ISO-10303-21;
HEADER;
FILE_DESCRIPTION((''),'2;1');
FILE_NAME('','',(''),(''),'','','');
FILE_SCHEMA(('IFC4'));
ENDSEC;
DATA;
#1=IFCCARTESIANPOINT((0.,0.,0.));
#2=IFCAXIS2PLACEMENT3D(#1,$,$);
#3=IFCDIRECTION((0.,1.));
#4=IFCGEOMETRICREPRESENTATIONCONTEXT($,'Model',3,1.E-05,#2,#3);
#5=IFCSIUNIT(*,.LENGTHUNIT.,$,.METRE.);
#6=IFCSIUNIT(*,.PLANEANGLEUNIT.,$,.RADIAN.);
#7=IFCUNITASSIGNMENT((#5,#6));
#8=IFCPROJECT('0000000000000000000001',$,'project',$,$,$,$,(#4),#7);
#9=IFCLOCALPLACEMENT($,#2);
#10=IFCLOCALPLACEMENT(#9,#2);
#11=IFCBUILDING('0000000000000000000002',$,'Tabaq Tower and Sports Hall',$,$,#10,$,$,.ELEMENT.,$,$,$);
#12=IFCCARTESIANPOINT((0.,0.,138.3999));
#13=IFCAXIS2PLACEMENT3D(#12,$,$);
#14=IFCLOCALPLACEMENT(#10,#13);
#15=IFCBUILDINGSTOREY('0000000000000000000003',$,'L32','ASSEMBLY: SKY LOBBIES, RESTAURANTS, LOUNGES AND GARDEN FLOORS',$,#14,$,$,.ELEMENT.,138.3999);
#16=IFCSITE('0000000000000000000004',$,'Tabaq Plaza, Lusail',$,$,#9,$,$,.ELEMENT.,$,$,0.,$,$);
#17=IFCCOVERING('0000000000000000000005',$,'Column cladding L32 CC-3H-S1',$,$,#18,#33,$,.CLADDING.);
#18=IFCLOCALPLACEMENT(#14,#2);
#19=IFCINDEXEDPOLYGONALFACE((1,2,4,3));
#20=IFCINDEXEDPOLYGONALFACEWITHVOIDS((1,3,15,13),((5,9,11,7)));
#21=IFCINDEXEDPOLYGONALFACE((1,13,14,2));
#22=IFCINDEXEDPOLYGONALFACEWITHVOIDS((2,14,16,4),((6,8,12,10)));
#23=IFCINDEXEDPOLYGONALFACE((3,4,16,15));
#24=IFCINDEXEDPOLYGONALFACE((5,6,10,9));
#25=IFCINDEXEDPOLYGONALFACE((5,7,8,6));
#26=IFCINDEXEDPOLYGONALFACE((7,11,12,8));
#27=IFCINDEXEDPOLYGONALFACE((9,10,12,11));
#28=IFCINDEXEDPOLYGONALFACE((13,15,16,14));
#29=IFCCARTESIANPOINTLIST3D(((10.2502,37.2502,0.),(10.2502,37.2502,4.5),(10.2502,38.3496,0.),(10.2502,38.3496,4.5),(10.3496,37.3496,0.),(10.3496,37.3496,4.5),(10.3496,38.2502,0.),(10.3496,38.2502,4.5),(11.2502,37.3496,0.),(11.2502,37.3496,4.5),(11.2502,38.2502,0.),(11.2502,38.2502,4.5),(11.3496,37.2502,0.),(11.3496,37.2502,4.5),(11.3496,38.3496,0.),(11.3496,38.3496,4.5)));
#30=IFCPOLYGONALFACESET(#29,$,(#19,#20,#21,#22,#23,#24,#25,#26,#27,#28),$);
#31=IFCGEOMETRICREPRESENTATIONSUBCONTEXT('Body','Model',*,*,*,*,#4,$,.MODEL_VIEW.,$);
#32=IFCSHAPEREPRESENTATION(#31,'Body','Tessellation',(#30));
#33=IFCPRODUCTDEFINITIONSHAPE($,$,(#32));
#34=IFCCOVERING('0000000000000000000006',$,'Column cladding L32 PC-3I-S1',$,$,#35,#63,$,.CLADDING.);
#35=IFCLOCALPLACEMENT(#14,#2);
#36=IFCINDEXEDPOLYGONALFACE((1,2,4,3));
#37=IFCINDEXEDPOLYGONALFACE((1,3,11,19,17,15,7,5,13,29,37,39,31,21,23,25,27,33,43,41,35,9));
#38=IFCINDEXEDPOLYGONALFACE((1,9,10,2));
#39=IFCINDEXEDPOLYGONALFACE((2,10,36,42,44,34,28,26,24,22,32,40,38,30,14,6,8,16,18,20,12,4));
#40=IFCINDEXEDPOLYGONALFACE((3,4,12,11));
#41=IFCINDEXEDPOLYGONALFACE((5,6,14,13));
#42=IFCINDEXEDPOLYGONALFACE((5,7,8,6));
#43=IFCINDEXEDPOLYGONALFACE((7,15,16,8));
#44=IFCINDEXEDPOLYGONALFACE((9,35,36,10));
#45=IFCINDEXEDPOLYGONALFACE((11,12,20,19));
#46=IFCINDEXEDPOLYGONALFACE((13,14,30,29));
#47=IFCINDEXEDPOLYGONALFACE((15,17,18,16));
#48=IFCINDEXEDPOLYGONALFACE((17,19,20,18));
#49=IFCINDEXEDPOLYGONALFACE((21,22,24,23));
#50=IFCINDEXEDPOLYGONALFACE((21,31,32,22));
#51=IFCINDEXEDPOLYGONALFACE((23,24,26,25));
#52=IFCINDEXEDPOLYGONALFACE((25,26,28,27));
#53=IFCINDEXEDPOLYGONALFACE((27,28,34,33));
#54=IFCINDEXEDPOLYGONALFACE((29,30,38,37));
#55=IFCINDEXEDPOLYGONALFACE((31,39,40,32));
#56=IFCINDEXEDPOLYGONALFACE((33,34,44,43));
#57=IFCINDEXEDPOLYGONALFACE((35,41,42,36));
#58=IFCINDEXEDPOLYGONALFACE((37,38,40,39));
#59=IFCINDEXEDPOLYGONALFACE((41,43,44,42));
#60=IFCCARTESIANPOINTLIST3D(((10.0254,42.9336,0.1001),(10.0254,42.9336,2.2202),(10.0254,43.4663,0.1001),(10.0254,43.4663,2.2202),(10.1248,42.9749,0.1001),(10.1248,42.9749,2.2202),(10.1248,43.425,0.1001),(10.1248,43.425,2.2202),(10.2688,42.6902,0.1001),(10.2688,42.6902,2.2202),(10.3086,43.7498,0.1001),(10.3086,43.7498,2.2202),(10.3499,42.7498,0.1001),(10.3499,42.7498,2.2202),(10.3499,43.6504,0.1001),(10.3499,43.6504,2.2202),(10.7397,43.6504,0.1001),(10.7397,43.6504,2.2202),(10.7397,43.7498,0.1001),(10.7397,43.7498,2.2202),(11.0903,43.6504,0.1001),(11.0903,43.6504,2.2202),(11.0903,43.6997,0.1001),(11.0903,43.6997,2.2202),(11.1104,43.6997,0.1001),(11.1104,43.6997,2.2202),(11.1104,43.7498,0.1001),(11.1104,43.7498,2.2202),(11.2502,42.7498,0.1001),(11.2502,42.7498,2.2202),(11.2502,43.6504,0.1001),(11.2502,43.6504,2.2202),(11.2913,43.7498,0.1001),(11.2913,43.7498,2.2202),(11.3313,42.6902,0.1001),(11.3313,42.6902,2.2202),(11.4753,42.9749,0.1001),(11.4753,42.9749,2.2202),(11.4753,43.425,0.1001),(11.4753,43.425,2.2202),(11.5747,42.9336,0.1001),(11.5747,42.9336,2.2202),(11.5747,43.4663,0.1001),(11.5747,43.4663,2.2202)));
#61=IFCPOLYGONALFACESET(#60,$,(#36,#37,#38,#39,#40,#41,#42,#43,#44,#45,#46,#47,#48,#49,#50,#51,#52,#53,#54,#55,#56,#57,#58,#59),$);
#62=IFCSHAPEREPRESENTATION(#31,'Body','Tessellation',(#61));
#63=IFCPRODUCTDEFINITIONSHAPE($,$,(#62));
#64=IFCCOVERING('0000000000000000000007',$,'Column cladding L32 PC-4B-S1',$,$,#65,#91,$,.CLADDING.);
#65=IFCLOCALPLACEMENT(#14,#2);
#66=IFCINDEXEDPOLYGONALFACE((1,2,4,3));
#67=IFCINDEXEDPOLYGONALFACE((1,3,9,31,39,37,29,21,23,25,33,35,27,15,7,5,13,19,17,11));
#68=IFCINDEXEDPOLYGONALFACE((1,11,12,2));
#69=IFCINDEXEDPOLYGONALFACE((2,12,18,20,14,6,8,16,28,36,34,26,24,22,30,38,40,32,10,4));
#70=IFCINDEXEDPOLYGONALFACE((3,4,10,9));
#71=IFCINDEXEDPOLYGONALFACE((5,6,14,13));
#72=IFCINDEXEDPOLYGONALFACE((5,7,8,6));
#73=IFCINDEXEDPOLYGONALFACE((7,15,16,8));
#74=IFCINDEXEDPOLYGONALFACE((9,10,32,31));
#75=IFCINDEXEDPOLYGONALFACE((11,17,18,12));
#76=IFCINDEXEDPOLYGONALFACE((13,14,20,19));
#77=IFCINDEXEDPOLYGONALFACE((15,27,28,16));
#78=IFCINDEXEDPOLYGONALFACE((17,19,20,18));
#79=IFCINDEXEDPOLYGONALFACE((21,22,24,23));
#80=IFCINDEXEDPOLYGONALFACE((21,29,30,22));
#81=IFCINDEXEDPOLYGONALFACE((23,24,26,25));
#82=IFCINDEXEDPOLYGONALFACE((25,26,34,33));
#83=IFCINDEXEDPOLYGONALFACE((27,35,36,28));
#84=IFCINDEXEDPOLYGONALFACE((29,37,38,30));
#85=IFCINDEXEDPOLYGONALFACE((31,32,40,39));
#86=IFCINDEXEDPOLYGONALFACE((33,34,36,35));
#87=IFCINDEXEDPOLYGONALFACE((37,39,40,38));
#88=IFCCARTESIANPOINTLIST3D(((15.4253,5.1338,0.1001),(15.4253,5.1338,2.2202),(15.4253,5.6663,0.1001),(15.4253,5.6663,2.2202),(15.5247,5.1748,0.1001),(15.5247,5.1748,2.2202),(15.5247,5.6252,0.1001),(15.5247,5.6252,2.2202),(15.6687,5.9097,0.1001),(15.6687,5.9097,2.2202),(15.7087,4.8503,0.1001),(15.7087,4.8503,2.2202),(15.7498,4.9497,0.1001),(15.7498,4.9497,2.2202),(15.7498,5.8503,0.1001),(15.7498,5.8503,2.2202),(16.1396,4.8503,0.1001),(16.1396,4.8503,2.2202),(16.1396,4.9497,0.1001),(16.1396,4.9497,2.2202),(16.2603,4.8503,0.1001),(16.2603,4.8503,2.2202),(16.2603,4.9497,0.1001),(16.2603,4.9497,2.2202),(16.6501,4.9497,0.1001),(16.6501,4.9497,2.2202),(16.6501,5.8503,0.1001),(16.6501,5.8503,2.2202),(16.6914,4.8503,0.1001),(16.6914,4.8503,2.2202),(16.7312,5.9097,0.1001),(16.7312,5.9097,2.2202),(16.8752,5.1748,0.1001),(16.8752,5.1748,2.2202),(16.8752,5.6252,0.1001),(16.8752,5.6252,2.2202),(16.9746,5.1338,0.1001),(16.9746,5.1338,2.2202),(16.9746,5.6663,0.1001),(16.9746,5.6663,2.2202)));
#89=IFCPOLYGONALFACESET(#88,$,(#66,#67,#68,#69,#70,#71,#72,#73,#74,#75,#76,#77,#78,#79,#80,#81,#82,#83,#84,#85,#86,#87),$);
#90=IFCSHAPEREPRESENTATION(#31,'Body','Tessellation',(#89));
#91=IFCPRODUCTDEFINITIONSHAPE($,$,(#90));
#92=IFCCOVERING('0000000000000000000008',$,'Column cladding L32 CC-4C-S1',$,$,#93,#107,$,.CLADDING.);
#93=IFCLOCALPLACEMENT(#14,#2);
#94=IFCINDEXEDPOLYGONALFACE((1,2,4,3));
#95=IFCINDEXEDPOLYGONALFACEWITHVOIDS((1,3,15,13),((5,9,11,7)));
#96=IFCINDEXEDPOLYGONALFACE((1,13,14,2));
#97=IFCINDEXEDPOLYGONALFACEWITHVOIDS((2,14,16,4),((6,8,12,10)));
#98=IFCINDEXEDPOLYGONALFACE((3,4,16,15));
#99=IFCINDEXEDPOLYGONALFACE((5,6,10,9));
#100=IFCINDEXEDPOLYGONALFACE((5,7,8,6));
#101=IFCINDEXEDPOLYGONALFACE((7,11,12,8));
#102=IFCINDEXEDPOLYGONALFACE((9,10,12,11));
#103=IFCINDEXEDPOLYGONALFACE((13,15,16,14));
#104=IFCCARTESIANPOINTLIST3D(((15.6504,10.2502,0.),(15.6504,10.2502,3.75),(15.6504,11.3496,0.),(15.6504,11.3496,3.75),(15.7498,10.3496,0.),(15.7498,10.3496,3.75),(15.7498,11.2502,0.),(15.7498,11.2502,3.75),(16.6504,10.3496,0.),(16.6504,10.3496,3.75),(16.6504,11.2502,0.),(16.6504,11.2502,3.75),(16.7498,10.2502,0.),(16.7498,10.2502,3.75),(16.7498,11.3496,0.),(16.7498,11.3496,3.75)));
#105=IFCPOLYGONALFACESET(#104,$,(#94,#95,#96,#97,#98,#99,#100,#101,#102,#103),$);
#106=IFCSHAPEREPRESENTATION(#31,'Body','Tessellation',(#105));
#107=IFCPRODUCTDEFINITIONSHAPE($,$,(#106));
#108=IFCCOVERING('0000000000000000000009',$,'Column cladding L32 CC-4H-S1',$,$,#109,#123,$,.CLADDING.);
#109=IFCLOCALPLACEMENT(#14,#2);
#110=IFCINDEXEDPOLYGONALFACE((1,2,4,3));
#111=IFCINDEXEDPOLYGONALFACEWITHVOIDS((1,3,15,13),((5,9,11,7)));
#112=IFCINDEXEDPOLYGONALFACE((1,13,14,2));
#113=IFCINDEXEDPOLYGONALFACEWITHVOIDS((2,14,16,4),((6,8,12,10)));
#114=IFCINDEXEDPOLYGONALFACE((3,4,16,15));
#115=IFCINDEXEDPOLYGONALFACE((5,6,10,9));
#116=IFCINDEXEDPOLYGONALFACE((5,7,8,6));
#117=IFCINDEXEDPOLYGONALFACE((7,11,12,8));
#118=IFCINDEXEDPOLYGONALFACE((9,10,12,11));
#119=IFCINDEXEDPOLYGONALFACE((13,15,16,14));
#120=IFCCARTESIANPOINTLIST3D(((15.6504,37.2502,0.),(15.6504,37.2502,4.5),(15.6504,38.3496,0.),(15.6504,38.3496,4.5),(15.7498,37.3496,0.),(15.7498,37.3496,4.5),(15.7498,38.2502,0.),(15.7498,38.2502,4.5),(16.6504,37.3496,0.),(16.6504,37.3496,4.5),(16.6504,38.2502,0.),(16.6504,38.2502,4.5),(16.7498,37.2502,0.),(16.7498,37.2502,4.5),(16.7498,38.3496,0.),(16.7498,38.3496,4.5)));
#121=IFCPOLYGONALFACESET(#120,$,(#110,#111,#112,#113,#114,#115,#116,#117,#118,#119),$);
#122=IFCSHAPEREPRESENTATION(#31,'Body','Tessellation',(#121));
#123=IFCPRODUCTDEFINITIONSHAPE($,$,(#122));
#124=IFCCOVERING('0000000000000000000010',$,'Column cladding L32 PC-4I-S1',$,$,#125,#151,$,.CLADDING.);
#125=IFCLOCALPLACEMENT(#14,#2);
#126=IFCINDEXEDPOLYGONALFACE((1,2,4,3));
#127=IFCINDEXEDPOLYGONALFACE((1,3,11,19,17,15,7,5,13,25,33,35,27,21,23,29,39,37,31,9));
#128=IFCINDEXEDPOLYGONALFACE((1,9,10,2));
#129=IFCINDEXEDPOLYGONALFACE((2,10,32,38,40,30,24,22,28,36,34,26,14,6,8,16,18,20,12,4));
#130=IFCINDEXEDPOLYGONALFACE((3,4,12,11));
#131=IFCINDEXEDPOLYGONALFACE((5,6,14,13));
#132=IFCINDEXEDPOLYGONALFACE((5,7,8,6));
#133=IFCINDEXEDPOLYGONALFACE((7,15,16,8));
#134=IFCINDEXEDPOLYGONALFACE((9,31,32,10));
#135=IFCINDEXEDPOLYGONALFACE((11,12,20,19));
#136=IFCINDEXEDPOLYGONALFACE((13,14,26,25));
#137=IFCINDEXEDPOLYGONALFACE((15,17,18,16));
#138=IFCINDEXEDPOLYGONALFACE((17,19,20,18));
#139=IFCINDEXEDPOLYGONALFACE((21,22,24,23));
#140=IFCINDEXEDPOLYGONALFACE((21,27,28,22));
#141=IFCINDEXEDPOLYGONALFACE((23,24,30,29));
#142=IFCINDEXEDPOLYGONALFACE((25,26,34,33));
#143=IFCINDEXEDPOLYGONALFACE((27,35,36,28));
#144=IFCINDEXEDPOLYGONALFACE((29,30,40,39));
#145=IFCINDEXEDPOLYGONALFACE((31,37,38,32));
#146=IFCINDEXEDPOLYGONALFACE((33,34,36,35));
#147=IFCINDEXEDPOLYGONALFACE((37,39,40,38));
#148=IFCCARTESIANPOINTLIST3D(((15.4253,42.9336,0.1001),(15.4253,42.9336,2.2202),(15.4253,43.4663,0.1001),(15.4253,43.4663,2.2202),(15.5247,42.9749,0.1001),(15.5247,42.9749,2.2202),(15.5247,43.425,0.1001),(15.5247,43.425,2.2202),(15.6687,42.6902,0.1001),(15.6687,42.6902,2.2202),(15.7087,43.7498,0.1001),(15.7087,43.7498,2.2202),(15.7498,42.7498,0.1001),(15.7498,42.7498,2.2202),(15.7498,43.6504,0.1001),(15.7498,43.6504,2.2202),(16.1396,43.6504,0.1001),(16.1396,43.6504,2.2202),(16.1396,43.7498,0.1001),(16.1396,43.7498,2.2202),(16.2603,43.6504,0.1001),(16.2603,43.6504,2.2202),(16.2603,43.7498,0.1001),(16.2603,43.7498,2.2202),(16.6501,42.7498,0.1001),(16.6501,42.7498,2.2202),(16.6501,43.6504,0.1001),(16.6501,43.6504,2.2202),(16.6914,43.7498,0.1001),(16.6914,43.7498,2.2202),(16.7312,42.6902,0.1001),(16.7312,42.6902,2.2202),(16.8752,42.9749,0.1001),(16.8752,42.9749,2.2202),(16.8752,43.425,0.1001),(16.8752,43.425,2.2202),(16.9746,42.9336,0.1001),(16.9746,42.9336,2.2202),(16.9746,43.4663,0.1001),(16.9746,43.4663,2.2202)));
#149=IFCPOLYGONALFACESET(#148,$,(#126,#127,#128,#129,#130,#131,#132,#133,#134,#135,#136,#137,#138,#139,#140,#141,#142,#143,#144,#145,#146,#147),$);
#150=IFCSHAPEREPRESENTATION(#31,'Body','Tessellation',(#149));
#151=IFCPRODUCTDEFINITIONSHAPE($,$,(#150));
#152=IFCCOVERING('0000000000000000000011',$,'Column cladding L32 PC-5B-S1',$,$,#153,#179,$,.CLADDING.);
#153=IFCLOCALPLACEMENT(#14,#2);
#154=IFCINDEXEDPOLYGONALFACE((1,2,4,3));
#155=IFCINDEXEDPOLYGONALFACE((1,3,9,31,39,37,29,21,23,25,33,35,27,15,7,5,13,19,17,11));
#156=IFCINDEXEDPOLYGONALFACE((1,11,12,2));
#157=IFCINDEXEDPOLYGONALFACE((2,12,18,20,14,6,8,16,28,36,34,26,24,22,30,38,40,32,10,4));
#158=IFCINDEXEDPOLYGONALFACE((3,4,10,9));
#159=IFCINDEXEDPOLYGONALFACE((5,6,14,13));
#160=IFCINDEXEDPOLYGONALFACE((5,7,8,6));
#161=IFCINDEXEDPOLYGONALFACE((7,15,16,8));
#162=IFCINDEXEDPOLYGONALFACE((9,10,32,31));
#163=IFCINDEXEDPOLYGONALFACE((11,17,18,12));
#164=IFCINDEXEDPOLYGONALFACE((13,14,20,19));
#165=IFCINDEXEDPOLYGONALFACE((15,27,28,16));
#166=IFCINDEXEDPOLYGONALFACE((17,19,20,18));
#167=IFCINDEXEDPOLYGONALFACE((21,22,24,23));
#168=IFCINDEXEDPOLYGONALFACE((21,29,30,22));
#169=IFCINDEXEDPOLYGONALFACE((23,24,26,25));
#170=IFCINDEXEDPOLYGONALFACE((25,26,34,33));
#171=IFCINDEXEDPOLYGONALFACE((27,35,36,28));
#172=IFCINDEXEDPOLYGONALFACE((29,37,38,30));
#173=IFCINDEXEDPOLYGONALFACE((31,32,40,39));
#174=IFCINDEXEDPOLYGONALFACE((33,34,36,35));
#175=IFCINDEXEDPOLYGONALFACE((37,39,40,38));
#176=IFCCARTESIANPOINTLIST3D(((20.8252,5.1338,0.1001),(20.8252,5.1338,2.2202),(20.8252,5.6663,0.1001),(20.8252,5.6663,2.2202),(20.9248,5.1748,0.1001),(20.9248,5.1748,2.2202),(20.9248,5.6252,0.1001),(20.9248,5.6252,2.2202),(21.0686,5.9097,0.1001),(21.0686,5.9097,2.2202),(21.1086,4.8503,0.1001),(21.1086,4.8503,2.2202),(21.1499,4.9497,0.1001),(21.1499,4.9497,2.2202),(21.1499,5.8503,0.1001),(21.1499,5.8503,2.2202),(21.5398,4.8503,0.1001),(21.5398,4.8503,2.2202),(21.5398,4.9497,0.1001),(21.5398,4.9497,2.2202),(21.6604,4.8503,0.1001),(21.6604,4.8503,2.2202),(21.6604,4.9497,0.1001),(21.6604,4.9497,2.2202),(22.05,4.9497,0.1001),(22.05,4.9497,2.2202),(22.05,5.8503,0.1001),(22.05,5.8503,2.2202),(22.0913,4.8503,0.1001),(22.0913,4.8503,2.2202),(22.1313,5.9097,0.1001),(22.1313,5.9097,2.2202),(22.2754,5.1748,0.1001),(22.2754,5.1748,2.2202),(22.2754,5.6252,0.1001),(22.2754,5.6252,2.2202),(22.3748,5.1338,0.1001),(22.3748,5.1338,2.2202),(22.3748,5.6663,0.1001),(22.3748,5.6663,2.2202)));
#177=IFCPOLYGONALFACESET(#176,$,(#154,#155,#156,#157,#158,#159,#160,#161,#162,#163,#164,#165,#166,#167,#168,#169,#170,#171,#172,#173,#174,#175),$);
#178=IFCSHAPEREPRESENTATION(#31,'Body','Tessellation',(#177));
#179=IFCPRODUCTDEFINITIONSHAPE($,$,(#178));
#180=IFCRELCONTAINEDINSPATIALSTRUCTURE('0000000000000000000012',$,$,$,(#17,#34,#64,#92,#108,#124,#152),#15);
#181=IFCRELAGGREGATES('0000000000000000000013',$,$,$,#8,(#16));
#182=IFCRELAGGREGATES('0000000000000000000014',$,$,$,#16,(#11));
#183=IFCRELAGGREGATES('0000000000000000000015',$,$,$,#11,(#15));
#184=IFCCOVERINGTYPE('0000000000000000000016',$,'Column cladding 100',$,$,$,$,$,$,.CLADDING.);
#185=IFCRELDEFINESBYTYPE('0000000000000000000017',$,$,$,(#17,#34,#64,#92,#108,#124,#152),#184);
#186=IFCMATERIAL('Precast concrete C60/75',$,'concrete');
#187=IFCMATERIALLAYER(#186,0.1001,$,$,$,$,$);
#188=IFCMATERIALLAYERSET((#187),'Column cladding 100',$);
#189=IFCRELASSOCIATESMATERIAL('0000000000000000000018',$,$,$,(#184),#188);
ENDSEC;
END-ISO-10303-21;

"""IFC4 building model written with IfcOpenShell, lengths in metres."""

from ifc_helpers import new_model, si_unit, direction, frame, origin, place, context, subcontext, project, spatial, polyline, outline, extrude, material, layer, layer_set, type_object, element, save


model = new_model("IFC4")

# Units and contexts
model_context = context("Model", 3, precision=1e-05, world=origin(), true_north=direction((0.0, 1.0)))
body_context = subcontext(model_context, "Body", "Model", "MODEL_VIEW")
ifc_project = project(units=[si_unit("LENGTHUNIT", "METRE"), si_unit("PLANEANGLEUNIT", "RADIAN")], contexts=[model_context])

# Site, building, storey
site_placement = place(None, origin())
site = spatial("IfcSite", under=ifc_project, at=site_placement, Name="Tabaq Plaza, Lusail", CompositionType="ELEMENT", RefElevation=0.0)
building_placement = place(site_placement, origin())
building = spatial("IfcBuilding", under=site, at=building_placement, Name="Tabaq Tower and Sports Hall", CompositionType="ELEMENT")
storey_placement = place(building_placement, frame((0.0, 0.0, 138.3999)))
storey = spatial("IfcBuildingStorey", under=building, at=storey_placement, Name="L32", Description="ASSEMBLY: SKY LOBBIES, RESTAURANTS, LOUNGES AND GARDEN FLOORS", CompositionType="ELEMENT", Elevation=138.3999)

# Coverings
ifc_material_1 = material(Name="Precast concrete C60/75", Category="concrete")
ifc_layer_1 = layer(ifc_material_1, 0.1001)
ifc_layer_set_1 = layer_set([ifc_layer_1], Name="Column cladding 100")
covering_type = type_object("IfcCoveringType", Name="Column cladding 100", PredefinedType="CLADDING", material=ifc_layer_set_1)
covering_1_placement = place(storey_placement, origin())
element("IfcCovering", 1, at=covering_1_placement, inside=storey, type_object=covering_type, Name="Column cladding L32 CC-3H-S1", PredefinedType="CLADDING", context=body_context, shape_type="SweptSolid", body=[
    extrude(outline(polyline([(10.2502, 38.3496), (11.3496, 38.3496), (11.3496, 37.2502), (10.2502, 37.2502), (10.2502, 38.3496)]), holes=[polyline([(11.2502, 37.3496), (11.2502, 38.2502), (10.3496, 38.2502), (10.3496, 37.3496), (11.2502, 37.3496)])]), origin(), (0.0, 0.0, 1.0), 4.5),
])
covering_2_placement = place(storey_placement, frame((0.0, 0.0, 0.1001)))
element("IfcCovering", 2, at=covering_2_placement, inside=storey, type_object=covering_type, Name="Column cladding L32 PC-3I-S1", PredefinedType="CLADDING", context=body_context, shape_type="SweptSolid", body=[
    extrude(outline(polyline([(10.0254, 43.4663), (10.3086, 43.7498), (10.7397, 43.7498), (10.7397, 43.6504), (10.3499, 43.6504), (10.1248, 43.425), (10.1248, 42.9749), (10.3499, 42.7498), (11.2502, 42.7498), (11.4753, 42.9749), (11.4753, 43.425), (11.2502, 43.6504), (11.0903, 43.6504), (11.0903, 43.6997), (11.1104, 43.6997), (11.1104, 43.7498), (11.2913, 43.7498), (11.5747, 43.4663), (11.5747, 42.9336), (11.3313, 42.6902), (10.2688, 42.6902), (10.0254, 42.9336), (10.0254, 43.4663)])), origin(), (0.0, 0.0, 1.0), 2.1201),
])
covering_3_placement = place(storey_placement, frame((0.0, 0.0, 0.1001)))
element("IfcCovering", 3, at=covering_3_placement, inside=storey, type_object=covering_type, Name="Column cladding L32 PC-4B-S1", PredefinedType="CLADDING", context=body_context, shape_type="SweptSolid", body=[
    extrude(outline(polyline([(15.4253, 5.6663), (15.6687, 5.9097), (16.7312, 5.9097), (16.9746, 5.6663), (16.9746, 5.1338), (16.6914, 4.8503), (16.2603, 4.8503), (16.2603, 4.9497), (16.6501, 4.9497), (16.8752, 5.1748), (16.8752, 5.6252), (16.6501, 5.8503), (15.7498, 5.8503), (15.5247, 5.6252), (15.5247, 5.1748), (15.7498, 4.9497), (16.1396, 4.9497), (16.1396, 4.8503), (15.7087, 4.8503), (15.4253, 5.1338), (15.4253, 5.6663)])), origin(), (0.0, 0.0, 1.0), 2.1201),
])
covering_4_placement = place(storey_placement, origin())
element("IfcCovering", 4, at=covering_4_placement, inside=storey, type_object=covering_type, Name="Column cladding L32 CC-4C-S1", PredefinedType="CLADDING", context=body_context, shape_type="SweptSolid", body=[
    extrude(outline(polyline([(15.6504, 11.3496), (16.7498, 11.3496), (16.7498, 10.2502), (15.6504, 10.2502), (15.6504, 11.3496)]), holes=[polyline([(16.6504, 10.3496), (16.6504, 11.2502), (15.7498, 11.2502), (15.7498, 10.3496), (16.6504, 10.3496)])]), origin(), (0.0, 0.0, 1.0), 3.75),
])
covering_5_placement = place(storey_placement, origin())
element("IfcCovering", 5, at=covering_5_placement, inside=storey, type_object=covering_type, Name="Column cladding L32 CC-4H-S1", PredefinedType="CLADDING", context=body_context, shape_type="SweptSolid", body=[
    extrude(outline(polyline([(15.6504, 38.3496), (16.7498, 38.3496), (16.7498, 37.2502), (15.6504, 37.2502), (15.6504, 38.3496)]), holes=[polyline([(16.6504, 37.3496), (16.6504, 38.2502), (15.7498, 38.2502), (15.7498, 37.3496), (16.6504, 37.3496)])]), origin(), (0.0, 0.0, 1.0), 4.5),
])
covering_6_placement = place(storey_placement, frame((0.0, 0.0, 0.1001)))
element("IfcCovering", 6, at=covering_6_placement, inside=storey, type_object=covering_type, Name="Column cladding L32 PC-4I-S1", PredefinedType="CLADDING", context=body_context, shape_type="SweptSolid", body=[
    extrude(outline(polyline([(15.4253, 43.4663), (15.7087, 43.7498), (16.1396, 43.7498), (16.1396, 43.6504), (15.7498, 43.6504), (15.5247, 43.425), (15.5247, 42.9749), (15.7498, 42.7498), (16.6501, 42.7498), (16.8752, 42.9749), (16.8752, 43.425), (16.6501, 43.6504), (16.2603, 43.6504), (16.2603, 43.7498), (16.6914, 43.7498), (16.9746, 43.4663), (16.9746, 42.9336), (16.7312, 42.6902), (15.6687, 42.6902), (15.4253, 42.9336), (15.4253, 43.4663)])), origin(), (0.0, 0.0, 1.0), 2.1201),
])
covering_7_placement = place(storey_placement, frame((0.0, 0.0, 0.1001)))
element("IfcCovering", 7, at=covering_7_placement, inside=storey, type_object=covering_type, Name="Column cladding L32 PC-5B-S1", PredefinedType="CLADDING", context=body_context, shape_type="SweptSolid", body=[
    extrude(outline(polyline([(20.8252, 5.6663), (21.0686, 5.9097), (22.1313, 5.9097), (22.3748, 5.6663), (22.3748, 5.1338), (22.0913, 4.8503), (21.6604, 4.8503), (21.6604, 4.9497), (22.05, 4.9497), (22.2754, 5.1748), (22.2754, 5.6252), (22.05, 5.8503), (21.1499, 5.8503), (20.9248, 5.6252), (20.9248, 5.1748), (21.1499, 4.9497), (21.5398, 4.9497), (21.5398, 4.8503), (21.1086, 4.8503), (20.8252, 5.1338), (20.8252, 5.6663)])), origin(), (0.0, 0.0, 1.0), 2.1201),
])

save(model, "model.ifc")
